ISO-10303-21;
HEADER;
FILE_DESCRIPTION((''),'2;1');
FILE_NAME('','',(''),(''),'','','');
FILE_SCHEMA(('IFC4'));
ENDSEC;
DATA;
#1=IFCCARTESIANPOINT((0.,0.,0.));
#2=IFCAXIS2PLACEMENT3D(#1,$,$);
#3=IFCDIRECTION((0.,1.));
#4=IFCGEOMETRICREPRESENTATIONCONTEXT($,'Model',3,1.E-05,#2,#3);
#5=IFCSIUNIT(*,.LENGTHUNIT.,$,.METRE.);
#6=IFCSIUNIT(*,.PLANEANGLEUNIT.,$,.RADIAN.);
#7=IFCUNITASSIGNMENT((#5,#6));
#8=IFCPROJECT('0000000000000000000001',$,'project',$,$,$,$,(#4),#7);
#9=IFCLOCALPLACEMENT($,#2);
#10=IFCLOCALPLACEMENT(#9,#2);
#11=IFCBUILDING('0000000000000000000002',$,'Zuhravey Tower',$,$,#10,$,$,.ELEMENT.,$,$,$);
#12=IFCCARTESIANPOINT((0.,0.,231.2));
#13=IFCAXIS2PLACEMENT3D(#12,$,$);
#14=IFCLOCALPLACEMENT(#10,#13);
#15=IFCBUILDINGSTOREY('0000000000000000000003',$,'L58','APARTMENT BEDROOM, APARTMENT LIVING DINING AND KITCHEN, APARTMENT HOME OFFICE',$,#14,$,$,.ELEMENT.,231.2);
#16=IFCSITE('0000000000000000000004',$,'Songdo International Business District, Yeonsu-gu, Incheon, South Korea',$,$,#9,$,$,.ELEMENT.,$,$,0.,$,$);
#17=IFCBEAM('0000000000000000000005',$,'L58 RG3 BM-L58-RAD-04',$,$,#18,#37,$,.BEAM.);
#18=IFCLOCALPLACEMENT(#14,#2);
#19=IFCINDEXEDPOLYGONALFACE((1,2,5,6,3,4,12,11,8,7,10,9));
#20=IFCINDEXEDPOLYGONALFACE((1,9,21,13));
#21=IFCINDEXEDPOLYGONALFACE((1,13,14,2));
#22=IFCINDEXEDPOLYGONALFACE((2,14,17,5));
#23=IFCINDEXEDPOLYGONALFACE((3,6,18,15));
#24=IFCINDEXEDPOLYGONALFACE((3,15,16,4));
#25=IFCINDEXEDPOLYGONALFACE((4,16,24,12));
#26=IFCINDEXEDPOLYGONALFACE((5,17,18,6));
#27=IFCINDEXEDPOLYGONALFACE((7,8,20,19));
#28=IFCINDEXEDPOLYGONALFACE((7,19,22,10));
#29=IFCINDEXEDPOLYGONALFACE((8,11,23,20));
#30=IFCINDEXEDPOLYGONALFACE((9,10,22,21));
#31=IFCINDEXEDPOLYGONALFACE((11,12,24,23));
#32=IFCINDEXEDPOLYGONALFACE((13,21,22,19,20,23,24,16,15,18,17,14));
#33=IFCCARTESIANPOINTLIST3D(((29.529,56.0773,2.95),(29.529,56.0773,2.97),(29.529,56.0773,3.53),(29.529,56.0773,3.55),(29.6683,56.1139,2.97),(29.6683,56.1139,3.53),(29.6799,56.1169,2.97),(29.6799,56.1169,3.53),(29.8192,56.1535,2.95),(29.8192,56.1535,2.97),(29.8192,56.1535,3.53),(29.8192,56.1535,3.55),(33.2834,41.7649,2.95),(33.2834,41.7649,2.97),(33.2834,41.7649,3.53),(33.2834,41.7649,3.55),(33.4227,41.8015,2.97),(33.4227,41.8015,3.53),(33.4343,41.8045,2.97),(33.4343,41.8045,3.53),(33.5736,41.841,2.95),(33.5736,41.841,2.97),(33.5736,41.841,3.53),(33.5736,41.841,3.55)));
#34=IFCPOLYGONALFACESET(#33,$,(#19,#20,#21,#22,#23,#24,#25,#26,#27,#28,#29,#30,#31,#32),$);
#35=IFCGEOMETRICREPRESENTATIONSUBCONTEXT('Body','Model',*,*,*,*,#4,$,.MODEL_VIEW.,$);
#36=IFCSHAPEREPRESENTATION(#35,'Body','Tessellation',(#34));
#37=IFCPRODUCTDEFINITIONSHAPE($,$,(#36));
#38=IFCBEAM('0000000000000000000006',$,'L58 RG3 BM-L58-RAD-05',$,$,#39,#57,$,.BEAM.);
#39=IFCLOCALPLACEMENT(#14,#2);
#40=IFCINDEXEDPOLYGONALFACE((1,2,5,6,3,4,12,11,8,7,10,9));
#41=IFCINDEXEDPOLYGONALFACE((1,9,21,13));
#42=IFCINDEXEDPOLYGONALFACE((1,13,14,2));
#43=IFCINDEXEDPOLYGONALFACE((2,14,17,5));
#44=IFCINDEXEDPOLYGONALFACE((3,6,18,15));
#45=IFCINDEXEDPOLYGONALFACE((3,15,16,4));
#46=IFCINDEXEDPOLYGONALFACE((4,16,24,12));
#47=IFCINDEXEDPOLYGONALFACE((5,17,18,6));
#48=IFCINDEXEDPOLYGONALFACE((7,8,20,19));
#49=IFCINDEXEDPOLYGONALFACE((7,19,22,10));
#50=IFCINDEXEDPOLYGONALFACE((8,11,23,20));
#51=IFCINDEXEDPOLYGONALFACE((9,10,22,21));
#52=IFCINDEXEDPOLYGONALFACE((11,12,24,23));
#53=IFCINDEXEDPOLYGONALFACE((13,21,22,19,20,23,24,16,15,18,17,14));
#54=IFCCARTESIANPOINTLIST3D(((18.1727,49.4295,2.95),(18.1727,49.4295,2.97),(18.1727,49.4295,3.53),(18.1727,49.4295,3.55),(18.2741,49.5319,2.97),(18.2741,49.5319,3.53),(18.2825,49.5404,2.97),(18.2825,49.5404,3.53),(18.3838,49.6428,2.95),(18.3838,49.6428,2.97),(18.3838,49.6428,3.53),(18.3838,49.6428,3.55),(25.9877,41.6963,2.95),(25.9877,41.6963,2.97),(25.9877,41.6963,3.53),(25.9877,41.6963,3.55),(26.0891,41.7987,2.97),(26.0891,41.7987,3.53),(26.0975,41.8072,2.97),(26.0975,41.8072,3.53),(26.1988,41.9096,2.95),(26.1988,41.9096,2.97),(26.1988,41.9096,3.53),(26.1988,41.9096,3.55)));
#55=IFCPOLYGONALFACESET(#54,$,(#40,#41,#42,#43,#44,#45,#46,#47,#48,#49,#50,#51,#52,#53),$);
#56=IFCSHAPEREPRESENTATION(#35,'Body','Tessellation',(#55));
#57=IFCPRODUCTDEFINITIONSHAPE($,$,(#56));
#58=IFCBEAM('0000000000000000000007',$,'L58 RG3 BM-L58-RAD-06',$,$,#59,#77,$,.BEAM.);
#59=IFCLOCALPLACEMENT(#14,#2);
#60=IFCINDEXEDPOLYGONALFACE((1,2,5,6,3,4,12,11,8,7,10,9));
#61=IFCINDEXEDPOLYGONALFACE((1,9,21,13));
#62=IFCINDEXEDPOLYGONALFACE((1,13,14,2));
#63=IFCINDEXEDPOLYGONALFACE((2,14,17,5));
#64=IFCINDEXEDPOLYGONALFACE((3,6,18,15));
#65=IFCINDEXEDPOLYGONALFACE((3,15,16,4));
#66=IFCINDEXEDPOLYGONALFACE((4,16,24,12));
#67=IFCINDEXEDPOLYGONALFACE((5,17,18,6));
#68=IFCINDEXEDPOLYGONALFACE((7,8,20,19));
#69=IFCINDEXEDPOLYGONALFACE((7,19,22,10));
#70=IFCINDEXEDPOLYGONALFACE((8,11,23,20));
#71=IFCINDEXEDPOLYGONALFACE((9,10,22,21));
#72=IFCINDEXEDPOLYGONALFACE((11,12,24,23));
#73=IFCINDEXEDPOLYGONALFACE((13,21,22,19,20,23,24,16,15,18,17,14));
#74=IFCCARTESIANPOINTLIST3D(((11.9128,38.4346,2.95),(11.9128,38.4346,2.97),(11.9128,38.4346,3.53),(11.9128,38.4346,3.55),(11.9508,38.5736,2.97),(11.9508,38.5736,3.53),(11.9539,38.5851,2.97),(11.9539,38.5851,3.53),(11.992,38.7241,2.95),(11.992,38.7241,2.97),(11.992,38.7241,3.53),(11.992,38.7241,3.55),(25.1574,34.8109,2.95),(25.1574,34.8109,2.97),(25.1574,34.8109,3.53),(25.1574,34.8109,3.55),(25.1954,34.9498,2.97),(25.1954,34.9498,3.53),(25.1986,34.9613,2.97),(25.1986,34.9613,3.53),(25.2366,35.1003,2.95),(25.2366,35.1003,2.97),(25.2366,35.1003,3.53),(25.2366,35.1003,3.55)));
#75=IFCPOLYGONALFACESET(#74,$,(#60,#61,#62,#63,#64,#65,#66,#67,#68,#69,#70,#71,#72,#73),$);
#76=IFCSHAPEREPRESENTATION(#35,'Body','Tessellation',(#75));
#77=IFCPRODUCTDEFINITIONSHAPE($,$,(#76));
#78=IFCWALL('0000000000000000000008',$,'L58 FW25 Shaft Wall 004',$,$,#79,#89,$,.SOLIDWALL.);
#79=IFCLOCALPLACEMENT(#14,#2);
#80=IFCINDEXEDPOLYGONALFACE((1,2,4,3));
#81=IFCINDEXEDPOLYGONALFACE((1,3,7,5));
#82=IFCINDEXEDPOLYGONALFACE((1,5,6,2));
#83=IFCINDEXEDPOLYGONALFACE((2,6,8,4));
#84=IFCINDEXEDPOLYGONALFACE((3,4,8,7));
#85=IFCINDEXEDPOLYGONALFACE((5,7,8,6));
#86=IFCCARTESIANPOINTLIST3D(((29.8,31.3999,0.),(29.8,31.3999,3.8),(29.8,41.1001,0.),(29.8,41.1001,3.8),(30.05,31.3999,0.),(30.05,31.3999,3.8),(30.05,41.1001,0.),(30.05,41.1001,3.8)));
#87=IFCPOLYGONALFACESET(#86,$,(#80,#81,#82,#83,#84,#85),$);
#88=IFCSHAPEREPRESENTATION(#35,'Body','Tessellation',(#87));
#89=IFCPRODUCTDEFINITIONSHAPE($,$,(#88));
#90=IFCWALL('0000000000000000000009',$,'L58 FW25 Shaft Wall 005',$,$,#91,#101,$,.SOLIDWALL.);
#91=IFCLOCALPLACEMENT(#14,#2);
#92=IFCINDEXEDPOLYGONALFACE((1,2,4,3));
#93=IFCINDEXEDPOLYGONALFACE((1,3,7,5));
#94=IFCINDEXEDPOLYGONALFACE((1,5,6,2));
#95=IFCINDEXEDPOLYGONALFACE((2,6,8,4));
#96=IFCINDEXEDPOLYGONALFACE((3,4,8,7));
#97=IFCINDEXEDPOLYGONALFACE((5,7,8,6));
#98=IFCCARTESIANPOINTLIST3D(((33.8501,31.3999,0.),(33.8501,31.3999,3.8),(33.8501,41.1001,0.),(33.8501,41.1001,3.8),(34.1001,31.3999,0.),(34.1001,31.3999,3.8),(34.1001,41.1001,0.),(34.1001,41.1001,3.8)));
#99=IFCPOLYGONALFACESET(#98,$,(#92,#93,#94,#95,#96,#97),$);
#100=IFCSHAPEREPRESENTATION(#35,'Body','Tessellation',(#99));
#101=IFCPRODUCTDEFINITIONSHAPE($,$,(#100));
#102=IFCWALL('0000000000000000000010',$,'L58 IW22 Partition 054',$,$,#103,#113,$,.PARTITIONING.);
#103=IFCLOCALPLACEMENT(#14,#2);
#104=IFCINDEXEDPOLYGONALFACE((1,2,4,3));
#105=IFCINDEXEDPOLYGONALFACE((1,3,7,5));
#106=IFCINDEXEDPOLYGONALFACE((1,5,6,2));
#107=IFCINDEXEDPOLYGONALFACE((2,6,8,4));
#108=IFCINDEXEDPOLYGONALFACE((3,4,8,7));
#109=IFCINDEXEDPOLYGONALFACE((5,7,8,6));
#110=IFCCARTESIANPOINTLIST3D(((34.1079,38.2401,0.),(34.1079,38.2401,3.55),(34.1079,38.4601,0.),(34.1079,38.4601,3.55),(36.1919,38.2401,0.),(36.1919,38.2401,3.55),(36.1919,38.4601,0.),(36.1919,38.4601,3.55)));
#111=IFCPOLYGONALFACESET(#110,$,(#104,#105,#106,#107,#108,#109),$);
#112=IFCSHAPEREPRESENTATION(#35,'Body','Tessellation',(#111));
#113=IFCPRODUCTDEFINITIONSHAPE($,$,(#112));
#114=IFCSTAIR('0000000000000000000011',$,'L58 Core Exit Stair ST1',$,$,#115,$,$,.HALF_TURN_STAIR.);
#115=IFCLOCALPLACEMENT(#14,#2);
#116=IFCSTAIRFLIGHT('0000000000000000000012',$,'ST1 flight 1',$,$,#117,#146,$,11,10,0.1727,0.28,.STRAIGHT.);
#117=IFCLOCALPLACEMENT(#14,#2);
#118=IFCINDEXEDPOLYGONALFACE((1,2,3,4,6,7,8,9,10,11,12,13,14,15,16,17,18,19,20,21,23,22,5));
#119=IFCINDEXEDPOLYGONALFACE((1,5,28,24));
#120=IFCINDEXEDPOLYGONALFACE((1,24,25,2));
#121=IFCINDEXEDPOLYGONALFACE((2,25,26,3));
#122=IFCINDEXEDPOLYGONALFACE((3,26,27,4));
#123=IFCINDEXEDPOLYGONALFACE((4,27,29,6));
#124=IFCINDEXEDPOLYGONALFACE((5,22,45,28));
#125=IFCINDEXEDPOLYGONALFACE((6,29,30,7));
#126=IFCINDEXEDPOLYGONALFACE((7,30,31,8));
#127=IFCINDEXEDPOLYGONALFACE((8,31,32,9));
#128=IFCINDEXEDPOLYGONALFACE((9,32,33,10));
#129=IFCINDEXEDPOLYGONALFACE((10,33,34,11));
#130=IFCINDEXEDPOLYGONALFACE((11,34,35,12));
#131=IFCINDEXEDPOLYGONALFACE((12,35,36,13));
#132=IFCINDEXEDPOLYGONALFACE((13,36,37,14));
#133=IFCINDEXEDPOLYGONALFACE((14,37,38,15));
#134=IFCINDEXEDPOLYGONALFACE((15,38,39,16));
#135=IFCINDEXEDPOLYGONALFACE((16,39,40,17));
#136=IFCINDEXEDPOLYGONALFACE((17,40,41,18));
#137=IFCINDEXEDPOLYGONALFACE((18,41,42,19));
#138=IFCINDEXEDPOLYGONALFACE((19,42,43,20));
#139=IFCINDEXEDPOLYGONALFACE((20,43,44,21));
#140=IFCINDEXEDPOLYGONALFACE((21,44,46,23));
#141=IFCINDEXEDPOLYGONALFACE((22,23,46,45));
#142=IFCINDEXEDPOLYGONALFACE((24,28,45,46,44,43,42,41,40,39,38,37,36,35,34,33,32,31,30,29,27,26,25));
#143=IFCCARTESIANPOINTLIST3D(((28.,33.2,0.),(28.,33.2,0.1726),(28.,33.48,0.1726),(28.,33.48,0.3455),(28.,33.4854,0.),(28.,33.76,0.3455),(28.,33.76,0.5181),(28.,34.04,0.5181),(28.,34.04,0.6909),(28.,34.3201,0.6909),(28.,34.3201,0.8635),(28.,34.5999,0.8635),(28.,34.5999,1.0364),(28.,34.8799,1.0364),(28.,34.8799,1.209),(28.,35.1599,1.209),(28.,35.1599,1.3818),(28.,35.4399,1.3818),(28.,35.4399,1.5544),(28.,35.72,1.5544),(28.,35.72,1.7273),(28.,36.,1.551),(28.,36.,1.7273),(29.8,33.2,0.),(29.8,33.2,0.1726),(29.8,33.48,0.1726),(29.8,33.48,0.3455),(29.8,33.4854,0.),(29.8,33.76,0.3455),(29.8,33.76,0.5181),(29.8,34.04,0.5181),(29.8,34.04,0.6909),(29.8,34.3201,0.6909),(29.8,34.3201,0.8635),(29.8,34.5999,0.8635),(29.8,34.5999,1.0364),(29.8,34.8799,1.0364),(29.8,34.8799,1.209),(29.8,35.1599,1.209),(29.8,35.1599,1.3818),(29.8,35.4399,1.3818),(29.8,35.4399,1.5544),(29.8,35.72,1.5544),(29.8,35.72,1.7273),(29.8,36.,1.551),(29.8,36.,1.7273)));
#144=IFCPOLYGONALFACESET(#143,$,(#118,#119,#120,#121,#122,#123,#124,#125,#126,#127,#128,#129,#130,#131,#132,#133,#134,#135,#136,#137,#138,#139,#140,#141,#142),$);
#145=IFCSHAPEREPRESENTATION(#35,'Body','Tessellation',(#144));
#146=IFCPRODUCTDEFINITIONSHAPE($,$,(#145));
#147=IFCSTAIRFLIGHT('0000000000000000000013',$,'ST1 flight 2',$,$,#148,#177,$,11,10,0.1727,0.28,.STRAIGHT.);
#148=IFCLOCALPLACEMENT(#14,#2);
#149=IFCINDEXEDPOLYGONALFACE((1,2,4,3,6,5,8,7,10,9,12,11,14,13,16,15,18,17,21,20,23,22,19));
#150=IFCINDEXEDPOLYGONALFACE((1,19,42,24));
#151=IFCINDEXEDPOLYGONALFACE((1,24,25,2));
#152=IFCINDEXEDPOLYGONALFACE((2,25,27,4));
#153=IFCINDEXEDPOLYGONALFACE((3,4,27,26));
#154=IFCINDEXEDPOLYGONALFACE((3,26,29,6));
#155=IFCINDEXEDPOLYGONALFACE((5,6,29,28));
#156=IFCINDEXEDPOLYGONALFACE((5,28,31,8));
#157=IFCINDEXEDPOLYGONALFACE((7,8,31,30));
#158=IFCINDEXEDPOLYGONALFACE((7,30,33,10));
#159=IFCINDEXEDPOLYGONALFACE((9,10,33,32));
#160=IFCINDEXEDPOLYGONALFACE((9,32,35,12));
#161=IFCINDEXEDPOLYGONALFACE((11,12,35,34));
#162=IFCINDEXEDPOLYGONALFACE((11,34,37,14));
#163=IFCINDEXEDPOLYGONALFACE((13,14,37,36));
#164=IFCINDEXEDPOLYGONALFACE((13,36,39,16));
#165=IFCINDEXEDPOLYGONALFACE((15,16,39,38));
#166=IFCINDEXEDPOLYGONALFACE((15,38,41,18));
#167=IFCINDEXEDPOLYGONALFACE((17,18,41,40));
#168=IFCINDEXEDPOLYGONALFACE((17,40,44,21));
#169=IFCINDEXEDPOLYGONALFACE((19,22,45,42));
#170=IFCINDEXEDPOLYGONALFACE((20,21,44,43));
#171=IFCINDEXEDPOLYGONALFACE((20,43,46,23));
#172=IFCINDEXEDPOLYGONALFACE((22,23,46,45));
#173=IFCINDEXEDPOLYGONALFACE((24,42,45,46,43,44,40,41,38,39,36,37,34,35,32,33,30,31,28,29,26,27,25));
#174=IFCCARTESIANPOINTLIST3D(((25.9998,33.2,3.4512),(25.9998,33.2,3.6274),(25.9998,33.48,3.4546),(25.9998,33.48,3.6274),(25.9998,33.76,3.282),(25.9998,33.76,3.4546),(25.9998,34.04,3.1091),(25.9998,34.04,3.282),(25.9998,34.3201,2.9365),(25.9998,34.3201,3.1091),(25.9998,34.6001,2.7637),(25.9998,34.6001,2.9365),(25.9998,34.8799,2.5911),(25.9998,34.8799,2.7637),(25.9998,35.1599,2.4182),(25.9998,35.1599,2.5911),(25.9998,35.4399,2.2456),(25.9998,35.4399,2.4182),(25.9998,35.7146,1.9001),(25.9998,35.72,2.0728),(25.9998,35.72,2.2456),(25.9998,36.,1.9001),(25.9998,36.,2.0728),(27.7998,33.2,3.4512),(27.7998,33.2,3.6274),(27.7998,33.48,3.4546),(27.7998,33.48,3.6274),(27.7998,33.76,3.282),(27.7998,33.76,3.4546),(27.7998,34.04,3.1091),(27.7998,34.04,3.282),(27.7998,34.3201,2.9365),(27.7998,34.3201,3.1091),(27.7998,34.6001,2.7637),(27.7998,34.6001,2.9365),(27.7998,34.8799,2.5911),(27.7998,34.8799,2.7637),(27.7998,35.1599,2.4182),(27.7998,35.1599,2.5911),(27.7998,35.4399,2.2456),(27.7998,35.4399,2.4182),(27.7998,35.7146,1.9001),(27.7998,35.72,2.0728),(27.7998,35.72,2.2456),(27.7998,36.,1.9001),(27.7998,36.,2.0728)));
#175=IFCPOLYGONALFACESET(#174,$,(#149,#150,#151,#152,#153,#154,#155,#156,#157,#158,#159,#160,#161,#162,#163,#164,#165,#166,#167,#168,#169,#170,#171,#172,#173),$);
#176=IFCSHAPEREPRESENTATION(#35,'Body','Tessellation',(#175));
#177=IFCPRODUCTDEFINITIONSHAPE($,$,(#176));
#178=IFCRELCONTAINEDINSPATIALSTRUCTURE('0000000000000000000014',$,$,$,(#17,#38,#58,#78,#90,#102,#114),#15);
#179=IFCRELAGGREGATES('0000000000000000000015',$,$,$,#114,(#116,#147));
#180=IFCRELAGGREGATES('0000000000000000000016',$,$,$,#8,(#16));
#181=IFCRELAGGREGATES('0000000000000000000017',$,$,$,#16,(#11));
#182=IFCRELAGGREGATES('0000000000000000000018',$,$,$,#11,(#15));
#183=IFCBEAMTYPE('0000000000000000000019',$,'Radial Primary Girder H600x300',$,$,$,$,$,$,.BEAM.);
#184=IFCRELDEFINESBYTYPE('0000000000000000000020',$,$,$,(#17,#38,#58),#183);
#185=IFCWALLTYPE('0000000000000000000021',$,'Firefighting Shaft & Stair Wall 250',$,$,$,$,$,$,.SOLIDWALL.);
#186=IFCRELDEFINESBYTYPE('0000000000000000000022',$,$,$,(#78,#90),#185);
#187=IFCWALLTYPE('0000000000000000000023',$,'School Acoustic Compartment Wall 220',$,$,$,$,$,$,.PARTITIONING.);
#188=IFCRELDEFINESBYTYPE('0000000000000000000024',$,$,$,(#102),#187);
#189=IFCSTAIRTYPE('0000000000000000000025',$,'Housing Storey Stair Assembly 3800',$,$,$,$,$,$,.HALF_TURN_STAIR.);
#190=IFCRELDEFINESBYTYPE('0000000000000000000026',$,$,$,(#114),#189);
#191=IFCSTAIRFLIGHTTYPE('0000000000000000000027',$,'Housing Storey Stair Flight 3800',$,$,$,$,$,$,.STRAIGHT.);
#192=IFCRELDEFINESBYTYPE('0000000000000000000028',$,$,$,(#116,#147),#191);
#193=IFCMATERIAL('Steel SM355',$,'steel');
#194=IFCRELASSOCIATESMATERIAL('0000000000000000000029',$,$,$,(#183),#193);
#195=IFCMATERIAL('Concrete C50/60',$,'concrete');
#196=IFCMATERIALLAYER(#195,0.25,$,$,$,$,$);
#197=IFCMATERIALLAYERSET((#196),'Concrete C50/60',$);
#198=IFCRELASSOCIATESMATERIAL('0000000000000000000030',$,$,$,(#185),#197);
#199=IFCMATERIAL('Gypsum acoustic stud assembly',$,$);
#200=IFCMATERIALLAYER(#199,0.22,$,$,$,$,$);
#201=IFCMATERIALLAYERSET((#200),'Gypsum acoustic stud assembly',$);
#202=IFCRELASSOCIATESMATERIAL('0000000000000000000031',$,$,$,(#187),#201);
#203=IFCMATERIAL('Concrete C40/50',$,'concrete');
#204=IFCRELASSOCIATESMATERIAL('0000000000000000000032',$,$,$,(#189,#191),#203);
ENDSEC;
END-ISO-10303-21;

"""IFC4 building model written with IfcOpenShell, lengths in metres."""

from ifc_helpers import new_model, si_unit, direction, frame, frame_2d, origin, origin_2d, place, context, subcontext, project, spatial, polyline, rectangle, i_section, outline, extrude, material, layer, layer_set, material_profile, profile_set, type_object, element, aggregate, save


model = new_model("IFC4")

# Units and contexts
model_context = context("Model", 3, precision=1e-05, world=origin(), true_north=direction((0.0, 1.0)))
body_context = subcontext(model_context, "Body", "Model", "MODEL_VIEW")
ifc_project = project(units=[si_unit("LENGTHUNIT", "METRE"), si_unit("PLANEANGLEUNIT", "RADIAN")], contexts=[model_context])

# Site, building, storey
site_placement = place(None, origin())
site = spatial("IfcSite", under=ifc_project, at=site_placement, Name="Songdo International Business District, Yeonsu-gu, Incheon, South Korea", CompositionType="ELEMENT", RefElevation=0.0)
building_placement = place(site_placement, origin())
building = spatial("IfcBuilding", under=site, at=building_placement, Name="Zuhravey Tower", CompositionType="ELEMENT")
storey_placement = place(building_placement, frame((0.0, 0.0, 231.2)))
storey = spatial("IfcBuildingStorey", under=building, at=storey_placement, Name="L58", Description="APARTMENT BEDROOM, APARTMENT LIVING DINING AND KITCHEN, APARTMENT HOME OFFICE", CompositionType="ELEMENT", Elevation=231.2)

# Beams
ifc_material_1 = material(Name="Steel SM355", Category="steel")
ifc_material_profile = material_profile(ifc_material_1, i_section(OverallWidth=0.3, OverallDepth=0.6001, WebThickness=0.012, FlangeThickness=0.02, at=origin_2d()), Name="H-600x300x12x20")
ifc_profile_set = profile_set([ifc_material_profile], Name="Steel SM355")
beam_type = type_object("IfcBeamType", Name="Radial Primary Girder H600x300", PredefinedType="BEAM", material=ifc_profile_set)
beam_1_placement = place(storey_placement, frame((33.4285, 41.803, 3.25), z_axis=(-0.253731, 0.967275, 0.0), x_axis=(-0.967275, -0.253731, 0.0)))
element("IfcBeam", 1, at=beam_1_placement, inside=storey, type_object=beam_type, Name="L58 RG3 BM-L58-RAD-04", PredefinedType="BEAM", context=body_context, shape_type="SweptSolid", body=[
    extrude(i_section(OverallWidth=0.3, OverallDepth=0.6001, WebThickness=0.012, FlangeThickness=0.02, at=origin_2d()), origin(), (0.0, 0.0, 1.0), 14.7966),
])
beam_2_placement = place(storey_placement, frame((26.0933, 41.803, 3.25), z_axis=(-0.710817, 0.703377, 0.0), x_axis=(-0.703377, -0.710817, 0.0)))
element("IfcBeam", 2, at=beam_2_placement, inside=storey, type_object=beam_type, Name="L58 RG3 BM-L58-RAD-05", PredefinedType="BEAM", context=body_context, shape_type="SweptSolid", body=[
    extrude(i_section(OverallWidth=0.3, OverallDepth=0.6001, WebThickness=0.012, FlangeThickness=0.02, at=origin_2d()), origin(), (0.0, 0.0, 1.0), 10.9944),
])
beam_3_placement = place(storey_placement, frame((25.197, 34.9556, 3.25), z_axis=(-0.964549, 0.263904, 0.0), x_axis=(-0.263904, -0.964549, 0.0)))
element("IfcBeam", 3, at=beam_3_placement, inside=storey, type_object=beam_type, Name="L58 RG3 BM-L58-RAD-06", PredefinedType="BEAM", context=body_context, shape_type="SweptSolid", body=[
    extrude(i_section(OverallWidth=0.3, OverallDepth=0.6001, WebThickness=0.012, FlangeThickness=0.02, at=origin_2d()), origin(), (0.0, 0.0, 1.0), 13.7314),
])

# Shared definitions
ifc_material_2 = material(Name="Concrete C50/60", Category="concrete")
ifc_layer_1 = layer(ifc_material_2, 0.25)
ifc_layer_set_1 = layer_set([ifc_layer_1], Name="Concrete C50/60")
wall_type_1 = type_object("IfcWallType", Name="Firefighting Shaft & Stair Wall 250", PredefinedType="SOLIDWALL", material=ifc_layer_set_1)

# Walls
for number, where, z_axis, x_axis, name in (
    (4, (29.925, 31.3999, 0.0), (0.0, 0.0, 1.0), (0.0, 1.0, 0.0), "L58 FW25 Shaft Wall 004"),
    (5, (33.9751, 31.3999, 0.0), (0.0, 0.0, 1.0), (0.0, 1.0, 0.0), "L58 FW25 Shaft Wall 005"),
):
    element("IfcWall", number, at=place(storey_placement, frame(where, z_axis=z_axis, x_axis=x_axis)), inside=storey, type_object=wall_type_1, Name=name, PredefinedType="SOLIDWALL", context=body_context, shape_type="SweptSolid", body=[
        extrude(rectangle(XDim=9.7002, YDim=0.25, at=frame_2d((4.8501, 0.0))), origin(), (0.0, 0.0, 1.0), 3.8),
    ])
ifc_material_3 = material(Name="Gypsum acoustic stud assembly")
ifc_layer_2 = layer(ifc_material_3, 0.22)
ifc_layer_set_2 = layer_set([ifc_layer_2], Name="Gypsum acoustic stud assembly")
wall_type_2 = type_object("IfcWallType", Name="School Acoustic Compartment Wall 220", PredefinedType="PARTITIONING", material=ifc_layer_set_2)
wall_1_placement = place(storey_placement, frame((34.1079, 38.3501, 0.0), z_axis=(0.0, 0.0, 1.0), x_axis=(1.0, 0.0, 0.0)))
element("IfcWall", 6, at=wall_1_placement, inside=storey, type_object=wall_type_2, Name="L58 IW22 Partition 054", PredefinedType="PARTITIONING", context=body_context, shape_type="SweptSolid", body=[
    extrude(rectangle(XDim=2.084, YDim=0.22, at=frame_2d((1.042, 0.0))), origin(), (0.0, 0.0, 1.0), 3.55),
])

# Stair, stair flights
ifc_material_4 = material(Name="Concrete C40/50", Category="concrete")
stair_type = type_object("IfcStairType", Name="Housing Storey Stair Assembly 3800", PredefinedType="HALF_TURN_STAIR", material=ifc_material_4)
stair_1_placement = place(storey_placement, origin())
stair_1 = element("IfcStair", 7, at=stair_1_placement, inside=storey, type_object=stair_type, Name="L58 Core Exit Stair ST1", PredefinedType="HALF_TURN_STAIR")
stair_flight_type = type_object("IfcStairFlightType", Name="Housing Storey Stair Flight 3800", PredefinedType="STRAIGHT", material=ifc_material_4)
stair_flight_1_placement = place(storey_placement, frame((28.8999, 33.2, 0.0), z_axis=(0.0, 0.0, 1.0), x_axis=(0.0, 1.0, 0.0)))
stair_flight_1 = element("IfcStairFlight", 8, at=stair_flight_1_placement, type_object=stair_flight_type, Name="ST1 flight 1", NumberOfRisers=11, NumberOfTreads=10, PredefinedType="STRAIGHT", RiserHeight=0.1727, TreadLength=0.28, context=body_context, shape_type="SweptSolid", body=[
    extrude(outline(polyline([(0.0, 0.0), (0.0, 0.1726), (0.28, 0.1726), (0.28, 0.3455), (0.5601, 0.3455), (0.5601, 0.5181), (0.8401, 0.5181), (0.8401, 0.6909), (1.1201, 0.6909), (1.1201, 0.8635), (1.3999, 0.8635), (1.3999, 1.0364), (1.6799, 1.0364), (1.6799, 1.209), (1.96, 1.209), (1.96, 1.3818), (2.24, 1.3818), (2.24, 1.5544), (2.52, 1.5544), (2.52, 1.7273), (2.8, 1.7273), (2.8, 1.8999), (2.8, 1.551), (0.2854, 0.0), (0.0, 0.0)])), frame((0.0, 0.8999, 0.0), z_axis=(0.0, -1.0, 0.0), x_axis=(1.0, 0.0, 0.0)), (0.0, 0.0, 1.0), 1.8),
])
stair_flight_2_placement = place(storey_placement, frame((26.8999, 36.0, 1.9001), z_axis=(0.0, 0.0, 1.0), x_axis=(0.0, -1.0, 0.0)))
stair_flight_2 = element("IfcStairFlight", 9, at=stair_flight_2_placement, type_object=stair_flight_type, Name="ST1 flight 2", NumberOfRisers=11, NumberOfTreads=10, PredefinedType="STRAIGHT", RiserHeight=0.1727, TreadLength=0.28, context=body_context, shape_type="SweptSolid", body=[
    extrude(outline(polyline([(0.0, 0.0), (0.0, 0.1726), (0.28, 0.1726), (0.28, 0.3455), (0.5601, 0.3455), (0.5601, 0.5181), (0.8401, 0.5181), (0.8401, 0.6909), (1.1201, 0.6909), (1.1201, 0.8635), (1.3999, 0.8635), (1.3999, 1.0364), (1.6799, 1.0364), (1.6799, 1.209), (1.96, 1.209), (1.96, 1.3818), (2.24, 1.3818), (2.24, 1.5544), (2.52, 1.5544), (2.52, 1.7273), (2.8, 1.7273), (2.8, 1.8999), (2.8, 1.551), (0.2854, 0.0), (0.0, 0.0)])), frame((0.0, 0.8999, 0.0), z_axis=(0.0, -1.0, 0.0), x_axis=(1.0, 0.0, 0.0)), (0.0, 0.0, 1.0), 1.8),
])
aggregate(stair_1, [stair_flight_1, stair_flight_2])

save(model, "model.ifc")
